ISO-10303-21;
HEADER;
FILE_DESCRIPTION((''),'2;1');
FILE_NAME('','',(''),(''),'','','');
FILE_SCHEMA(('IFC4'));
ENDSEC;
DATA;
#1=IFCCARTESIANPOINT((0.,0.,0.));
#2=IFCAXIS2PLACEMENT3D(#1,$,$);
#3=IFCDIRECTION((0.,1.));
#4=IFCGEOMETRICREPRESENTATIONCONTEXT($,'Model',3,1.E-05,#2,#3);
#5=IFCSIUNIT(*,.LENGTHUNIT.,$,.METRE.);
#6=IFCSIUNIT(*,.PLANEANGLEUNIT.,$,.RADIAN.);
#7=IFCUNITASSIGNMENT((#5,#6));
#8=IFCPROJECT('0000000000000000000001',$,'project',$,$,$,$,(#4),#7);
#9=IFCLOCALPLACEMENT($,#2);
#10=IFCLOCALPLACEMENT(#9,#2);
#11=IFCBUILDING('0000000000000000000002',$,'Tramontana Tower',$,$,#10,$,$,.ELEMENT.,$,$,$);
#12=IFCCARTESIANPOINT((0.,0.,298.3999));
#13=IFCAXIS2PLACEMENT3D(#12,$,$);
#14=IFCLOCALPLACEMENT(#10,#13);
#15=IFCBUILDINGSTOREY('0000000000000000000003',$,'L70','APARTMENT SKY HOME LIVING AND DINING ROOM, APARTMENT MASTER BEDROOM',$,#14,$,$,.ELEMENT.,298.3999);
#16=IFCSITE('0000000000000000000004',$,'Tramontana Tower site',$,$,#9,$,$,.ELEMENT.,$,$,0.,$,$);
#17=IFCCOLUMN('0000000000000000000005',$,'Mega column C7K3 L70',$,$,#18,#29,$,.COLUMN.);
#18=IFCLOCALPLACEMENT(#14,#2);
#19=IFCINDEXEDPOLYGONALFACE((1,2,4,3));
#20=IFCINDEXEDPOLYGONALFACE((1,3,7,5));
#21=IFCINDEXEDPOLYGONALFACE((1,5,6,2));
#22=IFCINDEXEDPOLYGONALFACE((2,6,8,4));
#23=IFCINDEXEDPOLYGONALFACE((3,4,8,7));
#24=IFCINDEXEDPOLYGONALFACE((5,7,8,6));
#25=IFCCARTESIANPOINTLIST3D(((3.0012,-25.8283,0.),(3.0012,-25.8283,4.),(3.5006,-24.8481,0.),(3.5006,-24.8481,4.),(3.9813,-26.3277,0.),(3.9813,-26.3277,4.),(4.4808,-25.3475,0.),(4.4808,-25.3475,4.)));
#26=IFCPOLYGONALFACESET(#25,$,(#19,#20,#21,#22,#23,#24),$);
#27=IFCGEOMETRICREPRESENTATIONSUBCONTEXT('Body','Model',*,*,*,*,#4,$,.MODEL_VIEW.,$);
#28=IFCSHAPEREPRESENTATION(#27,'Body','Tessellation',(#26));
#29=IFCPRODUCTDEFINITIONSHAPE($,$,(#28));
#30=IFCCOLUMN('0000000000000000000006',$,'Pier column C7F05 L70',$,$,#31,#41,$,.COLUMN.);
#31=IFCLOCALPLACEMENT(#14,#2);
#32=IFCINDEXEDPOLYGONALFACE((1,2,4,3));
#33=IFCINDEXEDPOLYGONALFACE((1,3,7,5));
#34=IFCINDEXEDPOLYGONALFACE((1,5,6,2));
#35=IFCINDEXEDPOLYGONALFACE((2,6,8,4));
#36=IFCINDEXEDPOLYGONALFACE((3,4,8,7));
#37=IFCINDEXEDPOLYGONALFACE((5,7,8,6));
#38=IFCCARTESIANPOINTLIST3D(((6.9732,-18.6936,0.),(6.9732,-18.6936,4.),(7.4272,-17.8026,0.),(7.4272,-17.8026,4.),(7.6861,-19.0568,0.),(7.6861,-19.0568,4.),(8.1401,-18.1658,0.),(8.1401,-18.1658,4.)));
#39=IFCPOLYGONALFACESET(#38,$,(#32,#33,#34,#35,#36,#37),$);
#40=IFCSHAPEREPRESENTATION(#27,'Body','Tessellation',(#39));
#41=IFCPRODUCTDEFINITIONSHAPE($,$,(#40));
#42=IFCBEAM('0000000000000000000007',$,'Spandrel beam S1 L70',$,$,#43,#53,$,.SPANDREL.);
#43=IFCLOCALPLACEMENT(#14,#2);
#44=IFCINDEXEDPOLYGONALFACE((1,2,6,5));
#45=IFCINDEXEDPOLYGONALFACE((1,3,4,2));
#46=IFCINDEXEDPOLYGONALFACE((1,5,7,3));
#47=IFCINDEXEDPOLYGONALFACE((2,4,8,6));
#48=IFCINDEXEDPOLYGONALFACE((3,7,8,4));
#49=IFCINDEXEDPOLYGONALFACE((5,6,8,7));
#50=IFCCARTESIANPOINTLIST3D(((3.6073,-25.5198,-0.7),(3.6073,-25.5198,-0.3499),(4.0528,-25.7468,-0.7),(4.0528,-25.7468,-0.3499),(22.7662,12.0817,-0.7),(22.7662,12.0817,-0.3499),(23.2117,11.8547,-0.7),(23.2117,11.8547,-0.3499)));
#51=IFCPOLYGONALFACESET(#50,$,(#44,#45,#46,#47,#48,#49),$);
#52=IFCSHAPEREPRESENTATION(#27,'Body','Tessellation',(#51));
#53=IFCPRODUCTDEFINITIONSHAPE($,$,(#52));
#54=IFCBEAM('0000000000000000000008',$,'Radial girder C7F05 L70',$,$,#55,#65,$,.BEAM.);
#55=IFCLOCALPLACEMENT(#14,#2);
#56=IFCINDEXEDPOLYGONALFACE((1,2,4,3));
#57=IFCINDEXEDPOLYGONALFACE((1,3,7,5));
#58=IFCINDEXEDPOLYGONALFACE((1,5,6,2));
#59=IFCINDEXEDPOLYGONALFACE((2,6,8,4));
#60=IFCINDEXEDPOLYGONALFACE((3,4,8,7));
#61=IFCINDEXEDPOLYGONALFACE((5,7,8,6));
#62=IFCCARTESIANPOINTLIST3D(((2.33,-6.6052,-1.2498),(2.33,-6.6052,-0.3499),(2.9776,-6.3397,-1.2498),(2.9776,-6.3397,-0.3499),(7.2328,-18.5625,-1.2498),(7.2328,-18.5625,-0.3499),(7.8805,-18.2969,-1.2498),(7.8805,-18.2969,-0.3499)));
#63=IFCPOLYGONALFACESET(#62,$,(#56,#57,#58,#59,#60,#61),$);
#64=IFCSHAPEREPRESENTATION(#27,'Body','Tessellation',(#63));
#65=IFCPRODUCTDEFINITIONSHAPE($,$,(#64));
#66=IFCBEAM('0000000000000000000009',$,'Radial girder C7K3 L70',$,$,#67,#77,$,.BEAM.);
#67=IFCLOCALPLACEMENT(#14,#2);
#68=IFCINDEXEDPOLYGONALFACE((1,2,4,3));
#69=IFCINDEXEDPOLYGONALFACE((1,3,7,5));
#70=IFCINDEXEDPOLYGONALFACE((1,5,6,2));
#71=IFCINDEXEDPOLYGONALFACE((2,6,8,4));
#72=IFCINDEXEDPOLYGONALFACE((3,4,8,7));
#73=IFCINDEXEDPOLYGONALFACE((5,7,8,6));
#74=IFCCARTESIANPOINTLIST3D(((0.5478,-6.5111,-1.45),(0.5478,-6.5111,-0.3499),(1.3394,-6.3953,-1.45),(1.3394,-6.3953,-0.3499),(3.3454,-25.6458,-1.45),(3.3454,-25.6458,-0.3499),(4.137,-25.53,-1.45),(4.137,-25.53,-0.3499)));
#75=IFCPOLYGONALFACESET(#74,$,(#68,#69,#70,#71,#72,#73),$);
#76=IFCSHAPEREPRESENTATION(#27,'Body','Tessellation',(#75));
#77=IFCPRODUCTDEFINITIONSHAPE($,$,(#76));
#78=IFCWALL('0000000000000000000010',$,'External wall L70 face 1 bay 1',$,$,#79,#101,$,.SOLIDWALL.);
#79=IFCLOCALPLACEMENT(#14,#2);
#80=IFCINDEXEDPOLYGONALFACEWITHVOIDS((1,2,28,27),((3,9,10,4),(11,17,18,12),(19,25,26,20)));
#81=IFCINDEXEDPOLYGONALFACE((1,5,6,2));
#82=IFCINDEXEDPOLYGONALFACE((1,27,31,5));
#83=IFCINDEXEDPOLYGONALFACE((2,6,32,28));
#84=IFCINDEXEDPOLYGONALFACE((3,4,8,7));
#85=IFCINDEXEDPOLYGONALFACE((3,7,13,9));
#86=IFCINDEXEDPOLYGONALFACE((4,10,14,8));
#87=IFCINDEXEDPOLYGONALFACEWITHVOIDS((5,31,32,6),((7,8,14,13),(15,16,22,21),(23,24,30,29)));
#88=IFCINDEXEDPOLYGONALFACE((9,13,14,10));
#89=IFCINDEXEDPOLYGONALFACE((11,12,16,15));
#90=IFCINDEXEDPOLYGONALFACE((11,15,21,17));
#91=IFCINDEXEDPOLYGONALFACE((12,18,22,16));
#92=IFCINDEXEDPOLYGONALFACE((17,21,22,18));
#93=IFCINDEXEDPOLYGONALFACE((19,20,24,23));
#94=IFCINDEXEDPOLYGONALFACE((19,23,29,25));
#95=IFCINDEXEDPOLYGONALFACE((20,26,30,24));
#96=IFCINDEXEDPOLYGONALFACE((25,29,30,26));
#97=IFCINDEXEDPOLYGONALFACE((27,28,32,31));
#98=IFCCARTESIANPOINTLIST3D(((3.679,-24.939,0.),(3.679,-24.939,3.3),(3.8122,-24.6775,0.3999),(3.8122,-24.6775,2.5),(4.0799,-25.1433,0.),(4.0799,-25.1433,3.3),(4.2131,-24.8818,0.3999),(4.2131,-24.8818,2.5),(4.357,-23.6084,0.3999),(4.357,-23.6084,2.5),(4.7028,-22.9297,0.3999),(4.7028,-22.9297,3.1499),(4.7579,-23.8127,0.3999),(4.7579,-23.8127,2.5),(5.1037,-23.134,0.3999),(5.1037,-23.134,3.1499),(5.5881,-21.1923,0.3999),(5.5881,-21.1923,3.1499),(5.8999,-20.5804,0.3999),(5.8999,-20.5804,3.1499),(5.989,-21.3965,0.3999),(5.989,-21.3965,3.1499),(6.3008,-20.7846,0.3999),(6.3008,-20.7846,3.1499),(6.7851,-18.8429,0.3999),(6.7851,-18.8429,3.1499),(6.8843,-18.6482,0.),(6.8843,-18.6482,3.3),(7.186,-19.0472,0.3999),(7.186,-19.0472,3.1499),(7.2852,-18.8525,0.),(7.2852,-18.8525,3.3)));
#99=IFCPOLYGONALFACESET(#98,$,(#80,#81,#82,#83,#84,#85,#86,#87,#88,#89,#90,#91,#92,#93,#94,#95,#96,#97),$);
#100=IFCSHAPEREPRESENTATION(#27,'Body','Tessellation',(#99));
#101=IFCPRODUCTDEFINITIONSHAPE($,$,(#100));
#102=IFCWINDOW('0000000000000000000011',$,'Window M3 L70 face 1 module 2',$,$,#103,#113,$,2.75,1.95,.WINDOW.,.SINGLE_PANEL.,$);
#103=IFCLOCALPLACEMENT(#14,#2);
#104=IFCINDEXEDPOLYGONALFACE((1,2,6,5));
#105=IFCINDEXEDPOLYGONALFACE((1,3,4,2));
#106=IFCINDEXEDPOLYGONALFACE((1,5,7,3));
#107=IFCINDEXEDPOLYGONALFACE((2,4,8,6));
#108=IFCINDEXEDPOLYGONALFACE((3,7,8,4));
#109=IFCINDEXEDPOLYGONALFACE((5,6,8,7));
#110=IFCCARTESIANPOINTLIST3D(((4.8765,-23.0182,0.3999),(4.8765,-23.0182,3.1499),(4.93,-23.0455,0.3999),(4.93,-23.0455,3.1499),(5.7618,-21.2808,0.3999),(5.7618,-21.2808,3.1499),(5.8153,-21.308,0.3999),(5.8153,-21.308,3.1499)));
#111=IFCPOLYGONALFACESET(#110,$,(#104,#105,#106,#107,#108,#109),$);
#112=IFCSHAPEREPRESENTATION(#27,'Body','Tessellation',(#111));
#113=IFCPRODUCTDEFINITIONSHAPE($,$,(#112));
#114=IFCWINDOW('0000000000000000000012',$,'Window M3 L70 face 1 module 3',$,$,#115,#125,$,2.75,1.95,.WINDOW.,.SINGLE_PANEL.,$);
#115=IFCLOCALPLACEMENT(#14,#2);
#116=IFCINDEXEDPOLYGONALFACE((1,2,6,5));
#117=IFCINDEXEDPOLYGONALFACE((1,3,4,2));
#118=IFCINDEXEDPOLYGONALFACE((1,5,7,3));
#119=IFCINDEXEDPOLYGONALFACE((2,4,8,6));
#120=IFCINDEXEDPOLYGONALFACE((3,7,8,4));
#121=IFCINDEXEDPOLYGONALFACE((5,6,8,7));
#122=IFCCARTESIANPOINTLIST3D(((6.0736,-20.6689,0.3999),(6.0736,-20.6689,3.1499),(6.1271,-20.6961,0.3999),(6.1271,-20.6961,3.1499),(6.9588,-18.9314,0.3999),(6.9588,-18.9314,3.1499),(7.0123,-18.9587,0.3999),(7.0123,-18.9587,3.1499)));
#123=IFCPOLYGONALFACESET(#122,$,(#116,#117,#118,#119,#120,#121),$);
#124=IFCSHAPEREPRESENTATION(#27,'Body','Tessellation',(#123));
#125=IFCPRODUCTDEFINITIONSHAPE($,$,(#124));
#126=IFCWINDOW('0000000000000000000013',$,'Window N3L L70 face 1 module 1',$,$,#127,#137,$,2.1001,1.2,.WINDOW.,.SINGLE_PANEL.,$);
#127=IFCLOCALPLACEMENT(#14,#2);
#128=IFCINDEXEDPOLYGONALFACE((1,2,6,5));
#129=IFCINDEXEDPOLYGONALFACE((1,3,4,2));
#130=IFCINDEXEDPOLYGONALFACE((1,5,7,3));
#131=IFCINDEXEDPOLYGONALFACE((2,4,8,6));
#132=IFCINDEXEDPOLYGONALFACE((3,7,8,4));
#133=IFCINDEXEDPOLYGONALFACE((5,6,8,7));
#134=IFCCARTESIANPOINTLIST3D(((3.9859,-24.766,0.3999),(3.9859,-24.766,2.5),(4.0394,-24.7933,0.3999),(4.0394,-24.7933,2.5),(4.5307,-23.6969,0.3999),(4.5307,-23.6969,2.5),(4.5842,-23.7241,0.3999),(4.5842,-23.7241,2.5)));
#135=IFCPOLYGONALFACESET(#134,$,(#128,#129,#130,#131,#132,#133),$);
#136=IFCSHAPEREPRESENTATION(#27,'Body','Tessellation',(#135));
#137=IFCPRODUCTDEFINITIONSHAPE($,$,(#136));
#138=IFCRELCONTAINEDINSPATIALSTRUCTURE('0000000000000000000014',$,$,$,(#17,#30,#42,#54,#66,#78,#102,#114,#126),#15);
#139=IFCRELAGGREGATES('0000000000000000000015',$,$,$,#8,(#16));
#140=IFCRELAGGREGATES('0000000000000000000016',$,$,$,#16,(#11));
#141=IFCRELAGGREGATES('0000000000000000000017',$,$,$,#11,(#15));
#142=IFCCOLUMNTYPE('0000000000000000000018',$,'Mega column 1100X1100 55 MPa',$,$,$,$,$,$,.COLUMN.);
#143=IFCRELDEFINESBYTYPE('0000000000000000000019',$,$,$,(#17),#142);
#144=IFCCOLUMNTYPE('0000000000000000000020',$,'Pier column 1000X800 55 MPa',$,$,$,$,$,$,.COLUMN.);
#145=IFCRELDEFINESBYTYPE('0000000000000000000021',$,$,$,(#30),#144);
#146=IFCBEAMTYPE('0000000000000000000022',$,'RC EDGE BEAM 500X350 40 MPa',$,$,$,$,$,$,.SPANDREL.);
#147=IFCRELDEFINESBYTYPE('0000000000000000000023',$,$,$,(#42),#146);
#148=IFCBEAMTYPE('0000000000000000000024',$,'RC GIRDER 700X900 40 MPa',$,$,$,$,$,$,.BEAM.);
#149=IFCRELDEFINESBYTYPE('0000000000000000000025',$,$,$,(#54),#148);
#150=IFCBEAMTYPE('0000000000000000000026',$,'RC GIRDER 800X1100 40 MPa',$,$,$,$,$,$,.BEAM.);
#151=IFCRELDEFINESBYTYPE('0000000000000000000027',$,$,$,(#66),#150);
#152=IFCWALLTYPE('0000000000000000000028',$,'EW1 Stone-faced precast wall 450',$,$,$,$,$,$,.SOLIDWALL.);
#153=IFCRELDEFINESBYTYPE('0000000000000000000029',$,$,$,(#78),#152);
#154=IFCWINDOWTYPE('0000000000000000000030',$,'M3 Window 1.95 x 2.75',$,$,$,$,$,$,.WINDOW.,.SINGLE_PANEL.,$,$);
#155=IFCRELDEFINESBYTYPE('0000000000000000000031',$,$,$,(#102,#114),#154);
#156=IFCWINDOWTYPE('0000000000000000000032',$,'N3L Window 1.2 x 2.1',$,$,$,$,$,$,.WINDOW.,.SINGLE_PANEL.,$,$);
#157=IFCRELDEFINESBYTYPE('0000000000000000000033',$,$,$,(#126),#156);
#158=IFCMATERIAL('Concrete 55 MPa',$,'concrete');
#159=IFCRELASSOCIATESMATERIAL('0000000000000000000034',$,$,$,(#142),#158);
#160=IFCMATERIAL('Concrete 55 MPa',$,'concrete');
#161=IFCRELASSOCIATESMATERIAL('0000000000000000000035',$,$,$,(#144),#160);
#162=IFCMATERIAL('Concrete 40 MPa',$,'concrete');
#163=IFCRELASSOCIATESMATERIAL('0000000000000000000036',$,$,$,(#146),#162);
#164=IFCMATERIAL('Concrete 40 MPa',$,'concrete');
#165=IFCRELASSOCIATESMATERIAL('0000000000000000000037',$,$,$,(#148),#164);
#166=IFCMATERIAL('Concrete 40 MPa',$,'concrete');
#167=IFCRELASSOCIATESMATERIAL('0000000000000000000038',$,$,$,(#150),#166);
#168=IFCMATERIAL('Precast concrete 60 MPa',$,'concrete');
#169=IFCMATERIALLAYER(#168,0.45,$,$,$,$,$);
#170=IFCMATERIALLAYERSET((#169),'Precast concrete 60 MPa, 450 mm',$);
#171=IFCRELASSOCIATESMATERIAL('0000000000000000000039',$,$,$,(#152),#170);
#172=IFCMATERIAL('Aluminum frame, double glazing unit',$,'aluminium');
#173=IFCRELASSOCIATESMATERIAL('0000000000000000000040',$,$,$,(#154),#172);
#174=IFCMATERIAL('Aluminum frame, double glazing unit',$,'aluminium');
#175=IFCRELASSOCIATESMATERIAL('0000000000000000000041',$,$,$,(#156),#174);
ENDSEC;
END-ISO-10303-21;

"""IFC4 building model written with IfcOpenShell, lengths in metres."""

from ifc_helpers import new_model, si_unit, direction, frame, frame_2d, origin, origin_2d, place, context, subcontext, project, spatial, rectangle, extrude, material, layer, layer_set, material_profile, profile_set, type_object, element, fill, save


model = new_model("IFC4")

# Units and contexts
model_context = context("Model", 3, precision=1e-05, world=origin(), true_north=direction((0.0, 1.0)))
body_context = subcontext(model_context, "Body", "Model", "MODEL_VIEW")
ifc_project = project(units=[si_unit("LENGTHUNIT", "METRE"), si_unit("PLANEANGLEUNIT", "RADIAN")], contexts=[model_context])

# Site, building, storey
site_placement = place(None, origin())
site = spatial("IfcSite", under=ifc_project, at=site_placement, Name="Tramontana Tower site", CompositionType="ELEMENT", RefElevation=0.0)
building_placement = place(site_placement, origin())
building = spatial("IfcBuilding", under=site, at=building_placement, Name="Tramontana Tower", CompositionType="ELEMENT")
storey_placement = place(building_placement, frame((0.0, 0.0, 298.3999)))
storey = spatial("IfcBuildingStorey", under=building, at=storey_placement, Name="L70", Description="APARTMENT SKY HOME LIVING AND DINING ROOM, APARTMENT MASTER BEDROOM", CompositionType="ELEMENT", Elevation=298.3999)

# Columns
ifc_material_1 = material(Name="Concrete 55 MPa", Category="concrete")
ifc_material_profile_1 = material_profile(ifc_material_1, rectangle(XDim=1.1001, YDim=1.1001, at=origin_2d()), Name="Mega column 1100X1100 55 MPa")
ifc_profile_set_1 = profile_set([ifc_material_profile_1], Name="Concrete 55 MPa")
column_type_1 = type_object("IfcColumnType", Name="Mega column 1100X1100 55 MPa", PredefinedType="COLUMN", material=ifc_profile_set_1)
column_1_placement = place(storey_placement, frame((3.741, -25.5879, 0.0), z_axis=(0.0, 0.0, 1.0), x_axis=(0.45399, 0.891007, 0.0)))
element("IfcColumn", 1, at=column_1_placement, inside=storey, type_object=column_type_1, Name="Mega column C7K3 L70", PredefinedType="COLUMN", context=body_context, shape_type="SweptSolid", body=[
    extrude(rectangle(XDim=1.1001, YDim=1.1001, at=origin_2d()), origin(), (0.0, 0.0, 1.0), 4.0),
])
ifc_material_2 = material(Name="Concrete 55 MPa", Category="concrete")
ifc_material_profile_2 = material_profile(ifc_material_2, rectangle(XDim=1.0, YDim=0.8, at=origin_2d()), Name="Pier column 1000X800 55 MPa")
ifc_profile_set_2 = profile_set([ifc_material_profile_2], Name="Concrete 55 MPa")
column_type_2 = type_object("IfcColumnType", Name="Pier column 1000X800 55 MPa", PredefinedType="COLUMN", material=ifc_profile_set_2)
column_2_placement = place(storey_placement, frame((7.5566, -18.4297, 0.0), z_axis=(0.0, 0.0, 1.0), x_axis=(0.45399, 0.891007, 0.0)))
element("IfcColumn", 2, at=column_2_placement, inside=storey, type_object=column_type_2, Name="Pier column C7F05 L70", PredefinedType="COLUMN", context=body_context, shape_type="SweptSolid", body=[
    extrude(rectangle(XDim=1.0, YDim=0.8, at=origin_2d()), origin(), (0.0, 0.0, 1.0), 4.0),
])

# Beams
ifc_material_3 = material(Name="Concrete 40 MPa", Category="concrete")
ifc_material_profile_3 = material_profile(ifc_material_3, rectangle(XDim=0.5, YDim=0.3501, at=origin_2d()), Name="RC EDGE BEAM 500X350 40 MPa")
ifc_profile_set_3 = profile_set([ifc_material_profile_3], Name="Concrete 40 MPa")
beam_type_1 = type_object("IfcBeamType", Name="RC EDGE BEAM 500X350 40 MPa", PredefinedType="SPANDREL", material=ifc_profile_set_3)
beam_1_placement = place(storey_placement, frame((3.8301, -25.6333, -0.5249), z_axis=(0.45399, 0.891007, 0.0), x_axis=(-0.891007, 0.45399, 0.0)))
element("IfcBeam", 3, at=beam_1_placement, inside=storey, type_object=beam_type_1, Name="Spandrel beam S1 L70", PredefinedType="SPANDREL", context=body_context, shape_type="SweptSolid", body=[
    extrude(rectangle(XDim=0.5, YDim=0.3501, at=origin_2d()), origin(), (0.0, 0.0, 1.0), 42.2012),
])
ifc_material_4 = material(Name="Concrete 40 MPa", Category="concrete")
ifc_material_profile_4 = material_profile(ifc_material_4, rectangle(XDim=0.7, YDim=0.8999, at=origin_2d()), Name="RC GIRDER 700X900 40 MPa")
ifc_profile_set_4 = profile_set([ifc_material_profile_4], Name="Concrete 40 MPa")
beam_type_2 = type_object("IfcBeamType", Name="RC GIRDER 700X900 40 MPa", PredefinedType="BEAM", material=ifc_profile_set_4)
beam_2_placement = place(storey_placement, frame((7.5566, -18.4297, -0.7998), z_axis=(-0.379376, 0.925242, 0.0), x_axis=(-0.925242, -0.379376, 0.0)))
element("IfcBeam", 4, at=beam_2_placement, inside=storey, type_object=beam_type_2, Name="Radial girder C7F05 L70", PredefinedType="BEAM", context=body_context, shape_type="SweptSolid", body=[
    extrude(rectangle(XDim=0.7, YDim=0.8999, at=origin_2d()), origin(), (0.0, 0.0, 1.0), 12.9233),
])
ifc_material_5 = material(Name="Concrete 40 MPa", Category="concrete")
ifc_material_profile_5 = material_profile(ifc_material_5, rectangle(XDim=0.8, YDim=1.1001, at=origin_2d()), Name="RC GIRDER 800X1100 40 MPa")
ifc_profile_set_5 = profile_set([ifc_material_profile_5], Name="Concrete 40 MPa")
beam_type_3 = type_object("IfcBeamType", Name="RC GIRDER 800X1100 40 MPa", PredefinedType="BEAM", material=ifc_profile_set_5)
beam_3_placement = place(storey_placement, frame((3.7412, -25.5879, -0.8999), z_axis=(-0.144667, 0.98948, 0.0), x_axis=(-0.98948, -0.144667, 0.0)))
element("IfcBeam", 5, at=beam_3_placement, inside=storey, type_object=beam_type_3, Name="Radial girder C7K3 L70", PredefinedType="BEAM", context=body_context, shape_type="SweptSolid", body=[
    extrude(rectangle(XDim=0.8, YDim=1.1001, at=origin_2d()), origin(), (0.0, 0.0, 1.0), 19.3381),
])

# Wall, openings, windows
ifc_material_6 = material(Name="Precast concrete 60 MPa", Category="concrete")
ifc_layer_1 = layer(ifc_material_6, 0.45)
ifc_layer_set_1 = layer_set([ifc_layer_1], Name="Precast concrete 60 MPa, 450 mm")
wall_type_1 = type_object("IfcWallType", Name="EW1 Stone-faced precast wall 450", PredefinedType="SOLIDWALL", material=ifc_layer_set_1)
wall_1_placement = place(storey_placement, frame((3.8794, -25.0413, 0.0), z_axis=(0.0, 0.0, 1.0), x_axis=(0.453992, 0.891006, 0.0)))
wall_1 = element("IfcWall", 6, at=wall_1_placement, inside=storey, type_object=wall_type_1, Name="External wall L70 face 1 bay 1", PredefinedType="SOLIDWALL", context=body_context, shape_type="SweptSolid", body=[
    extrude(rectangle(XDim=7.0603, YDim=0.45, at=frame_2d((3.5303, 0.0))), origin(), (0.0, 0.0, 1.0), 3.3),
])
opening_1_placement = place(wall_1_placement, frame((0.2935, 0.0, 0.3999)))
opening_1 = element("IfcOpeningElement", 7, at=opening_1_placement, cuts=wall_1, PredefinedType="OPENING", context=body_context, shape_type="SweptSolid", body=[
    extrude(rectangle(XDim=1.2, YDim=2.1001, at=frame_2d((0.6001, 1.05))), frame((0.0, 0.2349, 0.0), z_axis=(0.0, -1.0, 0.0), x_axis=(1.0, 0.0, 0.0)), (0.0, 0.0, 1.0), 0.47),
])
opening_2_placement = place(wall_1_placement, frame((2.2551, 0.0, 0.3999)))
opening_2 = element("IfcOpeningElement", 8, at=opening_2_placement, cuts=wall_1, PredefinedType="OPENING", context=body_context, shape_type="SweptSolid", body=[
    extrude(rectangle(XDim=1.95, YDim=2.75, at=frame_2d((0.9751, 1.375))), frame((0.0, 0.2349, 0.0), z_axis=(0.0, -1.0, 0.0), x_axis=(1.0, 0.0, 0.0)), (0.0, 0.0, 1.0), 0.47),
])
opening_3_placement = place(wall_1_placement, frame((4.8918, 0.0, 0.3999)))
opening_3 = element("IfcOpeningElement", 9, at=opening_3_placement, cuts=wall_1, PredefinedType="OPENING", context=body_context, shape_type="SweptSolid", body=[
    extrude(rectangle(XDim=1.95, YDim=2.75, at=frame_2d((0.9751, 1.375))), frame((0.0, 0.2349, 0.0), z_axis=(0.0, -1.0, 0.0), x_axis=(1.0, 0.0, 0.0)), (0.0, 0.0, 1.0), 0.47),
])
ifc_material_7 = material(Name="Aluminum frame, double glazing unit", Category="aluminium")
window_type_1 = type_object("IfcWindowType", Name="M3 Window 1.95 x 2.75", PartitioningType="SINGLE_PANEL", PredefinedType="WINDOW", material=ifc_material_7)
window_1_placement = place(opening_2_placement, origin())
window_1 = element("IfcWindow", 10, at=window_1_placement, inside=storey, type_object=window_type_1, Name="Window M3 L70 face 1 module 2", OverallHeight=2.75, OverallWidth=1.95, PartitioningType="SINGLE_PANEL", PredefinedType="WINDOW", context=body_context, shape_type="SweptSolid", body=[
    extrude(rectangle(XDim=1.95, YDim=2.75, at=frame_2d((0.9751, 1.375))), frame((0.0, 0.03, 0.0), z_axis=(0.0, -1.0, 0.0), x_axis=(1.0, 0.0, 0.0)), (0.0, 0.0, 1.0), 0.0601),
])
fill(opening_2, window_1)
window_2_placement = place(opening_3_placement, origin())
window_2 = element("IfcWindow", 11, at=window_2_placement, inside=storey, type_object=window_type_1, Name="Window M3 L70 face 1 module 3", OverallHeight=2.75, OverallWidth=1.95, PartitioningType="SINGLE_PANEL", PredefinedType="WINDOW", context=body_context, shape_type="SweptSolid", body=[
    extrude(rectangle(XDim=1.95, YDim=2.75, at=frame_2d((0.9751, 1.375))), frame((0.0, 0.03, 0.0), z_axis=(0.0, -1.0, 0.0), x_axis=(1.0, 0.0, 0.0)), (0.0, 0.0, 1.0), 0.0601),
])
fill(opening_3, window_2)
ifc_material_8 = material(Name="Aluminum frame, double glazing unit", Category="aluminium")
window_type_2 = type_object("IfcWindowType", Name="N3L Window 1.2 x 2.1", PartitioningType="SINGLE_PANEL", PredefinedType="WINDOW", material=ifc_material_8)
window_3_placement = place(opening_1_placement, origin())
window_3 = element("IfcWindow", 12, at=window_3_placement, inside=storey, type_object=window_type_2, Name="Window N3L L70 face 1 module 1", OverallHeight=2.1001, OverallWidth=1.2, PartitioningType="SINGLE_PANEL", PredefinedType="WINDOW", context=body_context, shape_type="SweptSolid", body=[
    extrude(rectangle(XDim=1.2, YDim=2.1001, at=frame_2d((0.6001, 1.05))), frame((0.0, 0.03, 0.0), z_axis=(0.0, -1.0, 0.0), x_axis=(1.0, 0.0, 0.0)), (0.0, 0.0, 1.0), 0.0601),
])
fill(opening_1, window_3)

save(model, "model.ifc")
